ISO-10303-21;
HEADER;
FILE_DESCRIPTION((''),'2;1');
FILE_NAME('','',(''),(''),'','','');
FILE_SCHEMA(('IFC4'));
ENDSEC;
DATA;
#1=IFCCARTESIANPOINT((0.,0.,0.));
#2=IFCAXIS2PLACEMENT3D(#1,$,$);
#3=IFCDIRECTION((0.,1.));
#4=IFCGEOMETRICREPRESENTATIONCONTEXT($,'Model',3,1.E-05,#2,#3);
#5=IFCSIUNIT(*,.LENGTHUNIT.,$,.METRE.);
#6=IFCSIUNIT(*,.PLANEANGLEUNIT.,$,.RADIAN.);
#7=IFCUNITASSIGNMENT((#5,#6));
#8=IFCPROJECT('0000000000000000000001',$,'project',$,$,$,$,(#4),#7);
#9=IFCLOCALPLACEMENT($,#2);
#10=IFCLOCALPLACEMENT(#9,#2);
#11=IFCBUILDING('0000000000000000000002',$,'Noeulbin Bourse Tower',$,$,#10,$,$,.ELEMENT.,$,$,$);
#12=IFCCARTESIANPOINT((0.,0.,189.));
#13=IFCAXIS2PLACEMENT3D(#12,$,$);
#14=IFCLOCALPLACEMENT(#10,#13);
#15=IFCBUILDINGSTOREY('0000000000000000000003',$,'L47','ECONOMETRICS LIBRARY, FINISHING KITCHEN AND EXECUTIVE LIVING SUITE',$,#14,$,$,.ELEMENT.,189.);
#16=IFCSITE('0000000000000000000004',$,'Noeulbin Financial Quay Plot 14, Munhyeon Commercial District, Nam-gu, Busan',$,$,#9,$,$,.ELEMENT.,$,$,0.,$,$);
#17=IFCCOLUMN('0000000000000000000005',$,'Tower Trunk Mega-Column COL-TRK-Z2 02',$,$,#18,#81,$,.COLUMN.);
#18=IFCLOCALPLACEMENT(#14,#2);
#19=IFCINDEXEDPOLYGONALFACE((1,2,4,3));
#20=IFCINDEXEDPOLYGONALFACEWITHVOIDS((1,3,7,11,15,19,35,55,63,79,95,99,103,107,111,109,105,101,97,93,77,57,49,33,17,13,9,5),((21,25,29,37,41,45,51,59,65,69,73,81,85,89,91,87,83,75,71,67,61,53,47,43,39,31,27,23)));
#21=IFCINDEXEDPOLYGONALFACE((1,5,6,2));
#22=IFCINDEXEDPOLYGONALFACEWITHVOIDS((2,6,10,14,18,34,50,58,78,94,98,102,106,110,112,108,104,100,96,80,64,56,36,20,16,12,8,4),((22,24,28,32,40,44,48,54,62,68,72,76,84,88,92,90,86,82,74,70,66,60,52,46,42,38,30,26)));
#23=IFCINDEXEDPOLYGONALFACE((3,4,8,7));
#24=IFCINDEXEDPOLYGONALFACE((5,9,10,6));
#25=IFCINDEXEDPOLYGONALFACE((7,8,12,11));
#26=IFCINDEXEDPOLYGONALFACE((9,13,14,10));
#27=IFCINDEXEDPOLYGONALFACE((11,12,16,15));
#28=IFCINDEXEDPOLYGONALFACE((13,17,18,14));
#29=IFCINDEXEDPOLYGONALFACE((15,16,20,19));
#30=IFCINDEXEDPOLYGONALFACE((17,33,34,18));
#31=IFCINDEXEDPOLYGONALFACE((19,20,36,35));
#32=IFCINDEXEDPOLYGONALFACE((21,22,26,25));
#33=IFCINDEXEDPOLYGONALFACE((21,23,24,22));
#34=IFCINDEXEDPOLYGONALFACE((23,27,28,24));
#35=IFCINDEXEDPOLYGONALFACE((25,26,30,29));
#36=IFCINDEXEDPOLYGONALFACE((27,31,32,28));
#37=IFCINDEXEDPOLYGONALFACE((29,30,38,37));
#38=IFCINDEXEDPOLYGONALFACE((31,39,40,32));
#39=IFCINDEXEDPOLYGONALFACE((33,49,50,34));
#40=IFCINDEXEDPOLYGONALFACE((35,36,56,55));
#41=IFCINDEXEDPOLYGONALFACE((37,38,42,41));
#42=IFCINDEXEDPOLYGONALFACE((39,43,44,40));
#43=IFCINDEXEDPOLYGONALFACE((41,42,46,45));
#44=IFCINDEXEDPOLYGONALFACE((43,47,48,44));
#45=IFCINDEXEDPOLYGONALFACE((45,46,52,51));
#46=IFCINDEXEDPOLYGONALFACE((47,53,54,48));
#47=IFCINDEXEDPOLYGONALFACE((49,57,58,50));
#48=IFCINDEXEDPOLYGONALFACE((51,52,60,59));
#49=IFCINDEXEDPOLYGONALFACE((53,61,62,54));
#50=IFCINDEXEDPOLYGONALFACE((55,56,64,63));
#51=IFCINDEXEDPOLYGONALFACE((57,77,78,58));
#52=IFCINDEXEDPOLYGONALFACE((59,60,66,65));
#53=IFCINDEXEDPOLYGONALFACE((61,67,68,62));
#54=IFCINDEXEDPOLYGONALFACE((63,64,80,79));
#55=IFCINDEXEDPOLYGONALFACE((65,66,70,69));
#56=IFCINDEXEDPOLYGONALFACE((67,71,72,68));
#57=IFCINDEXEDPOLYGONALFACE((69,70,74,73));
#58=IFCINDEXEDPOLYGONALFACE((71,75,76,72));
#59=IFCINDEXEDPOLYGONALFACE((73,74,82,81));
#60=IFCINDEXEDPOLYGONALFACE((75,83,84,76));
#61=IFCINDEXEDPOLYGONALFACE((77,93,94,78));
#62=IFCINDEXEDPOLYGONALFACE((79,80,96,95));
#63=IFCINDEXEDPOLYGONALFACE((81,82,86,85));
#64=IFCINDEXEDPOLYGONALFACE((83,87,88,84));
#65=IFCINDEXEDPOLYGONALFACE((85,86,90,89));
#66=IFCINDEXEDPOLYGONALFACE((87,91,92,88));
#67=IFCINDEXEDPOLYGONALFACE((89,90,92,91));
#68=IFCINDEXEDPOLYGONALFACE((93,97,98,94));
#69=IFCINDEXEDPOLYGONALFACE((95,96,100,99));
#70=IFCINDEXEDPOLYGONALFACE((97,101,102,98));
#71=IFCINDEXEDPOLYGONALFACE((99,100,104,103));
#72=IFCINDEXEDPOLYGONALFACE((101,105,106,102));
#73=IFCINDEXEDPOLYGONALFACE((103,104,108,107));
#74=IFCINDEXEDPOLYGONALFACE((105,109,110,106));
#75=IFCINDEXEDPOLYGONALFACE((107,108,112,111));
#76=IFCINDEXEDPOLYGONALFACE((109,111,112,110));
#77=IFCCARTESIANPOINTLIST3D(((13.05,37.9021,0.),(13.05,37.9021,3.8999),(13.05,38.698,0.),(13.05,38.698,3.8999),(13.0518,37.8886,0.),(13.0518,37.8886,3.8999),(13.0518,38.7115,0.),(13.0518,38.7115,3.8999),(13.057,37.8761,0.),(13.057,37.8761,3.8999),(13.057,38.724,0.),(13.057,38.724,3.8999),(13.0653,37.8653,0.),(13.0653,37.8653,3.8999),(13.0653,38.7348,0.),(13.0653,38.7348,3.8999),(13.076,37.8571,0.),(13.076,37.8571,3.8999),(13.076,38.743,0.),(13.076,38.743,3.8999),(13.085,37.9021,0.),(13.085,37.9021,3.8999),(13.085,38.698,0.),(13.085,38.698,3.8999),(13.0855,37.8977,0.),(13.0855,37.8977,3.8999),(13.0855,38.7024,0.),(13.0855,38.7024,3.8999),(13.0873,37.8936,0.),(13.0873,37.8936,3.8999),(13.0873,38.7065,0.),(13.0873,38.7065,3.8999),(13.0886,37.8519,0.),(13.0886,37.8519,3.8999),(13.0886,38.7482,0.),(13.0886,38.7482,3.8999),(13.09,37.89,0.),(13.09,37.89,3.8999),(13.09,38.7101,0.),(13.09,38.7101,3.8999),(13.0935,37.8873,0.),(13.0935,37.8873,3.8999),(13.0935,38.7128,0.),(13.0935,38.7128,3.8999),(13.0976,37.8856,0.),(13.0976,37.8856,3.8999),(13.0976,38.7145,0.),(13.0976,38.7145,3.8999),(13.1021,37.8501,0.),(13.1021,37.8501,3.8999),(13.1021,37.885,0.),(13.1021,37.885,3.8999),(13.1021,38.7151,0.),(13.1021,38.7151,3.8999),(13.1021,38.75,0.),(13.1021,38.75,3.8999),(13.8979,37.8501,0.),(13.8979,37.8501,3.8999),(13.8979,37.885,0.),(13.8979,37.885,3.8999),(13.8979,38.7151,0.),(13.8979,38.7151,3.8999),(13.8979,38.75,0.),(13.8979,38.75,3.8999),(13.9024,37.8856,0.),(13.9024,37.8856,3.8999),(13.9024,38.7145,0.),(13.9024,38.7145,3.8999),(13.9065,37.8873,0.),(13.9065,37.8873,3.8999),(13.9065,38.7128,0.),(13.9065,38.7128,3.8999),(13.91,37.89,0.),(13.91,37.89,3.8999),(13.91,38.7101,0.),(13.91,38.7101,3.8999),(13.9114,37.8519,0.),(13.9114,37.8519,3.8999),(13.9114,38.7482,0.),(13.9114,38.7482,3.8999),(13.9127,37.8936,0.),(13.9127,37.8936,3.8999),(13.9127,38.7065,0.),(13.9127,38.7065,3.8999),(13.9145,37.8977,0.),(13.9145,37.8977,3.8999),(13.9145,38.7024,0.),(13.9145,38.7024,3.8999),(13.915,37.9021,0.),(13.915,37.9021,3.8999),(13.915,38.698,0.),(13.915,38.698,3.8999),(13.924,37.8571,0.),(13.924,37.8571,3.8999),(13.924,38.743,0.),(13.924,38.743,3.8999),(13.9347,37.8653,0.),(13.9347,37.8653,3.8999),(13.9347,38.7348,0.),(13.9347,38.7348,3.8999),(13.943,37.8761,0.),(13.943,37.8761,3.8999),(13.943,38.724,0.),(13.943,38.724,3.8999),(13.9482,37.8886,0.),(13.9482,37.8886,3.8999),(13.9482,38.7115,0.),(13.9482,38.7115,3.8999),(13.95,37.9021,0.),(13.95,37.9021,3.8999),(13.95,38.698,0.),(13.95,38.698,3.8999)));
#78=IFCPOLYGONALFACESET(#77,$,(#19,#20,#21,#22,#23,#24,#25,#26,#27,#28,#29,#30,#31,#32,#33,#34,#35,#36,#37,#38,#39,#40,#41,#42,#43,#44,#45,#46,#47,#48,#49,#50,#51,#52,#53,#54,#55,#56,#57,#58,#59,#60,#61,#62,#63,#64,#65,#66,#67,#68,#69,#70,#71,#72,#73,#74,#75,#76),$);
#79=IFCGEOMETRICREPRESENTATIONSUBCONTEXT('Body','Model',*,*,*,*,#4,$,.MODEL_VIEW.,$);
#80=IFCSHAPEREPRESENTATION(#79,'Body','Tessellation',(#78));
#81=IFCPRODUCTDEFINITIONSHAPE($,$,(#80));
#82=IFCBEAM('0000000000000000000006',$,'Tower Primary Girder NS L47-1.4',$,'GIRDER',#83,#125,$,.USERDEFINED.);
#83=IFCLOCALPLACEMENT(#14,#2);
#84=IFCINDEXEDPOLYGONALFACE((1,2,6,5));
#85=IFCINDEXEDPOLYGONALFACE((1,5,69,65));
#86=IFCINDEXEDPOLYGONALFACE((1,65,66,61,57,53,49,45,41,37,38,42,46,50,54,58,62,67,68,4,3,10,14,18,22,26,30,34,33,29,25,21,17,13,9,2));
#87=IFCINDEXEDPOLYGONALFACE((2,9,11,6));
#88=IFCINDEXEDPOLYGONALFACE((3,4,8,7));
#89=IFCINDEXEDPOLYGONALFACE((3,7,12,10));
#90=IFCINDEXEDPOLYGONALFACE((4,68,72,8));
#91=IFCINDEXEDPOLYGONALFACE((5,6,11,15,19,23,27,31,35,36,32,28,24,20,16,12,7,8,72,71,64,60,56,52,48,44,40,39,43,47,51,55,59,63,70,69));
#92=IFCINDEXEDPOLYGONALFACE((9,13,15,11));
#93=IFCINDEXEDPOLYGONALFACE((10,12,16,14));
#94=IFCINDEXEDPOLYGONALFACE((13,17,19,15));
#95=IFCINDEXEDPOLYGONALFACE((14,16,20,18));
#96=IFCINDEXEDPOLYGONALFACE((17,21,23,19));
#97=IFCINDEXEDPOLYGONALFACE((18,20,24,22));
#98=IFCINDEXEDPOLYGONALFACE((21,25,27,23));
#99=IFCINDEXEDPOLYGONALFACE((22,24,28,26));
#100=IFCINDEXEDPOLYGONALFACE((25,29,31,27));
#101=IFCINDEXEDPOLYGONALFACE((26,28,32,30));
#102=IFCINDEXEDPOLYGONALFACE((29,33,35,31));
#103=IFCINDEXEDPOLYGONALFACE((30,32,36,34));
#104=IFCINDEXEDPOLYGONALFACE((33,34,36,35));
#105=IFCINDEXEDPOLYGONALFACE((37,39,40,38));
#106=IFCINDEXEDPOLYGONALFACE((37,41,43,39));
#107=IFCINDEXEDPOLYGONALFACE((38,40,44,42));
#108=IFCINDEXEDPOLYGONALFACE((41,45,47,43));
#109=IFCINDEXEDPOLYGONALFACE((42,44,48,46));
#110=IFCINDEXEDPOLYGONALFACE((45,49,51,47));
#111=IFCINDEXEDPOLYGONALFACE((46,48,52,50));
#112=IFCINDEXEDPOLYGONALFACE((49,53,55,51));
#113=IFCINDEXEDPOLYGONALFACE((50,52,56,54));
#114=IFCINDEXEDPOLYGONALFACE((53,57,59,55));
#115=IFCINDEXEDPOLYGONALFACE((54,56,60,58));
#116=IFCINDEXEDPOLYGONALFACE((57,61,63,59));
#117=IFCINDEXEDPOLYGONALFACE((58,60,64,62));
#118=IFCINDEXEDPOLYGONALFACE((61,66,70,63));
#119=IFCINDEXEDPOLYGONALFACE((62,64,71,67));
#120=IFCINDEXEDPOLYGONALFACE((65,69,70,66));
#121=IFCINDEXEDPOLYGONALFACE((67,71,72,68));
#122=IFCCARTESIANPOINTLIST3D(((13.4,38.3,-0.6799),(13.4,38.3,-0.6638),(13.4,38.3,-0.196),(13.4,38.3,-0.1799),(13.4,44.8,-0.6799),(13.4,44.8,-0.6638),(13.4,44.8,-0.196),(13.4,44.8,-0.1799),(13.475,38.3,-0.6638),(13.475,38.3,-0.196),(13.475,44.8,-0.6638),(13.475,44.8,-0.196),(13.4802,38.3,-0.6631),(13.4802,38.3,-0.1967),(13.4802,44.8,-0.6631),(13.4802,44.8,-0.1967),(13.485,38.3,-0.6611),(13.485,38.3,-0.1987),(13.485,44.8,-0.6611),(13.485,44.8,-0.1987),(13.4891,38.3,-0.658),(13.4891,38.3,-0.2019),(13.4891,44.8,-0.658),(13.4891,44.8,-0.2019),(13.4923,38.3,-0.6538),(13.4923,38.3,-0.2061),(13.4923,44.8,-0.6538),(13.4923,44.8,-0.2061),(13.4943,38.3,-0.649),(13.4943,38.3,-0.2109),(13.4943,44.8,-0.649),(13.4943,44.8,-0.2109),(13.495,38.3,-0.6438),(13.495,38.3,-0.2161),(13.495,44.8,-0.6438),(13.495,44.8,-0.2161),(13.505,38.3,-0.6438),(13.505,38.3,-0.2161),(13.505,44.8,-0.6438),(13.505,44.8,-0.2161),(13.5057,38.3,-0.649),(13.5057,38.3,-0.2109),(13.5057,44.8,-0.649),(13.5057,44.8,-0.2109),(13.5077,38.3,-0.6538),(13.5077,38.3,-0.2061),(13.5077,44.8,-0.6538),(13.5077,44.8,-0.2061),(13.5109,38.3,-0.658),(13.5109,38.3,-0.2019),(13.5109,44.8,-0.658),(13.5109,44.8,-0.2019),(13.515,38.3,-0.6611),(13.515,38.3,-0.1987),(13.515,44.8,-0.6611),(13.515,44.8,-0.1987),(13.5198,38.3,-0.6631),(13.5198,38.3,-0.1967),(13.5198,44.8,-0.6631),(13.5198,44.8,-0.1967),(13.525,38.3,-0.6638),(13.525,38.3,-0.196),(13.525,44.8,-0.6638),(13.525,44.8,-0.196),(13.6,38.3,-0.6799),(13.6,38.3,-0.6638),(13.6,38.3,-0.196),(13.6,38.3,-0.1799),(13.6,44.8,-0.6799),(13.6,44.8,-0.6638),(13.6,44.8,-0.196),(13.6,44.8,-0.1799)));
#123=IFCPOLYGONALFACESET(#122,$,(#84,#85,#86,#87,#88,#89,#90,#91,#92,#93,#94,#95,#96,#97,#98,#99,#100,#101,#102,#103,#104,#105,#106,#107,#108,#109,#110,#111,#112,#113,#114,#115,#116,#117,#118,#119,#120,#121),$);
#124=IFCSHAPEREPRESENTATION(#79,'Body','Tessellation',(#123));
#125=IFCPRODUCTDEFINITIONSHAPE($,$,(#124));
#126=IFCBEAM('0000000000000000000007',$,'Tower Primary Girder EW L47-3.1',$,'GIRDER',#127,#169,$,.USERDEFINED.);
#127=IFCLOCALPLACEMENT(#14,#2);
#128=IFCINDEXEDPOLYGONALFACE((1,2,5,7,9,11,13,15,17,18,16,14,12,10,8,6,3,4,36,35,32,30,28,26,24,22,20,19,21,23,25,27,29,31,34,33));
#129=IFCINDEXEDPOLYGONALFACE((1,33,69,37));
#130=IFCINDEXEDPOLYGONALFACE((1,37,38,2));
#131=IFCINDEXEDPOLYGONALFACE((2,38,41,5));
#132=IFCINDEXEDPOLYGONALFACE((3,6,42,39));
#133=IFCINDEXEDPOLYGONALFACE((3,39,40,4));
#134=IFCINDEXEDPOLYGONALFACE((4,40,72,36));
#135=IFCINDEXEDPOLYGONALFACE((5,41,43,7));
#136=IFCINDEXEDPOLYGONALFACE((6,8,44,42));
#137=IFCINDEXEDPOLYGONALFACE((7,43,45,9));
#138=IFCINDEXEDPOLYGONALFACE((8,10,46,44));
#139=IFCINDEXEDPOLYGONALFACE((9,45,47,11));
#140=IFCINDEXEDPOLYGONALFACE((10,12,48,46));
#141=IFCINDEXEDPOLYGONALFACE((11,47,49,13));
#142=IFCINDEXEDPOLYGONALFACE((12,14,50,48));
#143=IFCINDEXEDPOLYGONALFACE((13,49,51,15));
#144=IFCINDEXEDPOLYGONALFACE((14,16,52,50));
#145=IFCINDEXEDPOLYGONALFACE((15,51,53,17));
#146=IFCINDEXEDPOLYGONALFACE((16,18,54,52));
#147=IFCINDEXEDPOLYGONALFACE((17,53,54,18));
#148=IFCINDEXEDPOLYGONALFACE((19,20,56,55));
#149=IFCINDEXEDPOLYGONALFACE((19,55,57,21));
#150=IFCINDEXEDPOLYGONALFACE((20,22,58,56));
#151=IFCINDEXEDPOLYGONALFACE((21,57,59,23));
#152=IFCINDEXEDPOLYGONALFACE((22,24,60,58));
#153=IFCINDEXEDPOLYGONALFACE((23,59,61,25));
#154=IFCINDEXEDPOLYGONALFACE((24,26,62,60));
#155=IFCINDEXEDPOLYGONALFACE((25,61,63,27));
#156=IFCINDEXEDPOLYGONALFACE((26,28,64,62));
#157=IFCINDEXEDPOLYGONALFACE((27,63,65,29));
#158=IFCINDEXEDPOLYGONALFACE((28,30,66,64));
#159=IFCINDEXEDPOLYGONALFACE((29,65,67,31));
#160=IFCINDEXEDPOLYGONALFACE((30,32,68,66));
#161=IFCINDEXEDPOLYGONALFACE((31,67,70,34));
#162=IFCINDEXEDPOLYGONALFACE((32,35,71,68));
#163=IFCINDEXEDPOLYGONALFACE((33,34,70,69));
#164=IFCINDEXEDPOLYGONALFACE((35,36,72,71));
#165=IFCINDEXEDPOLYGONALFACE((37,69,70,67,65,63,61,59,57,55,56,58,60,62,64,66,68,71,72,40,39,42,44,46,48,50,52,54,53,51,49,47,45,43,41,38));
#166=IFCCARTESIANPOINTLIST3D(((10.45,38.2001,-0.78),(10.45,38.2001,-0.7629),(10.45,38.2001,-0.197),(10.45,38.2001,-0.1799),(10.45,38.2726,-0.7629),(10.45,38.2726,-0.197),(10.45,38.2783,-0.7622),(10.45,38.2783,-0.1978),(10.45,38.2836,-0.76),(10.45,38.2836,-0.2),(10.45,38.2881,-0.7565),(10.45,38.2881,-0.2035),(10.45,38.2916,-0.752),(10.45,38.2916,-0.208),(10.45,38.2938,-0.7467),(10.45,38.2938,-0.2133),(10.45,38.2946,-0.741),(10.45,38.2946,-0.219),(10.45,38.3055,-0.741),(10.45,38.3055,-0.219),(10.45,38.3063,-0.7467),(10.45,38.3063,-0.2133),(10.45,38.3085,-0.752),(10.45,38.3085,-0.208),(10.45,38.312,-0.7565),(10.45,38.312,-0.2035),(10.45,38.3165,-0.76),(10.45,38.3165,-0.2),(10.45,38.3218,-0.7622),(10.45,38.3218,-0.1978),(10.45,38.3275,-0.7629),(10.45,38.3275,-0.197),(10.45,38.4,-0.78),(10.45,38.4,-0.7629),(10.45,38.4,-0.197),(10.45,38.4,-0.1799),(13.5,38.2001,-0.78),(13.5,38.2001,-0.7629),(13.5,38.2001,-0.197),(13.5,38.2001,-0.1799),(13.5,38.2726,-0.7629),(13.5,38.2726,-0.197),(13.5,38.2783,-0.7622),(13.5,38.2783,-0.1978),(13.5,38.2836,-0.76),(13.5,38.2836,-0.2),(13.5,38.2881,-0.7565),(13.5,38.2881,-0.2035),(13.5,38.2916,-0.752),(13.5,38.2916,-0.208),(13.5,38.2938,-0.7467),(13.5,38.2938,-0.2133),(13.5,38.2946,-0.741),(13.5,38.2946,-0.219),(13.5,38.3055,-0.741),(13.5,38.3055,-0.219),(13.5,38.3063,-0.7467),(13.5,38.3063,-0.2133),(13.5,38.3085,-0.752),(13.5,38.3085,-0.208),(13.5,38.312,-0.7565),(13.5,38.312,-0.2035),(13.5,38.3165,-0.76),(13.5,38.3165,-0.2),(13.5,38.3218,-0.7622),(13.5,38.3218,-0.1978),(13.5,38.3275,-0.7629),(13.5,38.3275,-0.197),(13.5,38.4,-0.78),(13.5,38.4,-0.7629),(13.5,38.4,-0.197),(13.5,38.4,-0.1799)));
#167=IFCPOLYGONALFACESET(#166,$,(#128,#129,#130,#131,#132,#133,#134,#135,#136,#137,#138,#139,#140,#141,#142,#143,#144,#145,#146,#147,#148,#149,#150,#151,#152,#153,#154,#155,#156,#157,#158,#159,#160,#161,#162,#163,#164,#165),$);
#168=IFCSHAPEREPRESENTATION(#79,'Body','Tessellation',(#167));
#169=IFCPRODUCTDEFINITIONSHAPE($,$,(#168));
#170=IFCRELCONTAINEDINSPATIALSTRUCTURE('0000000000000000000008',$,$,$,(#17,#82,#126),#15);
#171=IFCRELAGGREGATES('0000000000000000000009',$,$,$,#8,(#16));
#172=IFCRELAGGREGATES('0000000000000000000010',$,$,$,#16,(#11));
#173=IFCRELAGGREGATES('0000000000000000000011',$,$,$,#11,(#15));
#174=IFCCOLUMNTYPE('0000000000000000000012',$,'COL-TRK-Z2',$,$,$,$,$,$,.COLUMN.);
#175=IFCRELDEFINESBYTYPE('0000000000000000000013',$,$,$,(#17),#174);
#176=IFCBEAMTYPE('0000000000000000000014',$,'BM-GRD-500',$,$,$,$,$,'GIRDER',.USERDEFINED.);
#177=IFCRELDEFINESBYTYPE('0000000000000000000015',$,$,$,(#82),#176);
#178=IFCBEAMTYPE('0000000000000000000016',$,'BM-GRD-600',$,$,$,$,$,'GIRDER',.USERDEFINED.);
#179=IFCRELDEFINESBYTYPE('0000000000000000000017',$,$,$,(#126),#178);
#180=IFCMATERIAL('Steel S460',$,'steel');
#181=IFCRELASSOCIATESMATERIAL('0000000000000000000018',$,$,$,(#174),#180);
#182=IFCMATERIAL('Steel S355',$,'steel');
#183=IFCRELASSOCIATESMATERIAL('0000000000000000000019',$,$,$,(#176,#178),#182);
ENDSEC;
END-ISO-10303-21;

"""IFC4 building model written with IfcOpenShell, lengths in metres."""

from ifc_helpers import new_model, si_unit, direction, frame, origin, origin_2d, place, context, subcontext, project, spatial, hollow_rectangle, i_section, extrude, material, material_profile, profile_set, type_object, element, save


model = new_model("IFC4")

# Units and contexts
model_context = context("Model", 3, precision=1e-05, world=origin(), true_north=direction((0.0, 1.0)))
body_context = subcontext(model_context, "Body", "Model", "MODEL_VIEW")
ifc_project = project(units=[si_unit("LENGTHUNIT", "METRE"), si_unit("PLANEANGLEUNIT", "RADIAN")], contexts=[model_context])

# Site, building, storey
site_placement = place(None, origin())
site = spatial("IfcSite", under=ifc_project, at=site_placement, Name="Noeulbin Financial Quay Plot 14, Munhyeon Commercial District, Nam-gu, Busan", CompositionType="ELEMENT", RefElevation=0.0)
building_placement = place(site_placement, origin())
building = spatial("IfcBuilding", under=site, at=building_placement, Name="Noeulbin Bourse Tower", CompositionType="ELEMENT")
storey_placement = place(building_placement, frame((0.0, 0.0, 189.0)))
storey = spatial("IfcBuildingStorey", under=building, at=storey_placement, Name="L47", Description="ECONOMETRICS LIBRARY, FINISHING KITCHEN AND EXECUTIVE LIVING SUITE", CompositionType="ELEMENT", Elevation=189.0)

# Column
ifc_material_1 = material(Name="Steel S355", Category="steel")
ifc_material_2 = material(Name="Steel S460", Category="steel")
ifc_material_profile_1 = material_profile(ifc_material_2, hollow_rectangle(XDim=0.8999, YDim=0.8999, WallThickness=0.0349, InnerFilletRadius=0.0171, OuterFilletRadius=0.052, at=origin_2d()), Name="BOX-900x900x35", Category="LoadBearing")
ifc_profile_set_1 = profile_set([ifc_material_profile_1], Name="Steel S460")
column_type_1 = type_object("IfcColumnType", Name="COL-TRK-Z2", PredefinedType="COLUMN", material=ifc_profile_set_1)
column_placement = place(storey_placement, frame((13.5, 38.3, 0.0), z_axis=(0.0, 0.0, 1.0), x_axis=(1.0, 0.0, 0.0)))
element("IfcColumn", 1, at=column_placement, inside=storey, type_object=column_type_1, Name="Tower Trunk Mega-Column COL-TRK-Z2 02", PredefinedType="COLUMN", context=body_context, shape_type="SweptSolid", body=[
    extrude(hollow_rectangle(XDim=0.8999, YDim=0.8999, WallThickness=0.0349, InnerFilletRadius=0.0171, OuterFilletRadius=0.052, at=origin_2d()), origin(), (0.0, 0.0, 1.0), 3.8999),
])

# Beams
ifc_material_profile_2 = material_profile(ifc_material_1, i_section(OverallWidth=0.2, OverallDepth=0.5, WebThickness=0.01, FlangeThickness=0.0161, FilletRadius=0.02, at=origin_2d()), Name="H-500x200x10x16", Category="LoadBearing")
ifc_profile_set_2 = profile_set([ifc_material_profile_2], Name="Steel S355")
beam_type_1 = type_object("IfcBeamType", Name="BM-GRD-500", ElementType="GIRDER", PredefinedType="USERDEFINED", material=ifc_profile_set_2)
beam_1_placement = place(storey_placement, frame((13.5, 38.3, -0.4299), z_axis=(0.0, 1.0, 0.0), x_axis=(-1.0, 0.0, 0.0)))
element("IfcBeam", 2, at=beam_1_placement, inside=storey, type_object=beam_type_1, Name="Tower Primary Girder NS L47-1.4", ObjectType="GIRDER", PredefinedType="USERDEFINED", context=body_context, shape_type="SweptSolid", body=[
    extrude(i_section(OverallWidth=0.2, OverallDepth=0.5, WebThickness=0.01, FlangeThickness=0.0161, FilletRadius=0.02, at=origin_2d()), origin(), (0.0, 0.0, 1.0), 6.5),
])
ifc_material_profile_3 = material_profile(ifc_material_1, i_section(OverallWidth=0.2, OverallDepth=0.6001, WebThickness=0.011, FlangeThickness=0.0171, FilletRadius=0.022, at=origin_2d()), Name="H-600x200x11x17", Category="LoadBearing")
ifc_profile_set_3 = profile_set([ifc_material_profile_3], Name="Steel S355")
beam_type_2 = type_object("IfcBeamType", Name="BM-GRD-600", ElementType="GIRDER", PredefinedType="USERDEFINED", material=ifc_profile_set_3)
beam_2_placement = place(storey_placement, frame((10.45, 38.3, -0.48), z_axis=(1.0, 0.0, 0.0), x_axis=(0.0, 1.0, 0.0)))
element("IfcBeam", 3, at=beam_2_placement, inside=storey, type_object=beam_type_2, Name="Tower Primary Girder EW L47-3.1", ObjectType="GIRDER", PredefinedType="USERDEFINED", context=body_context, shape_type="SweptSolid", body=[
    extrude(i_section(OverallWidth=0.2, OverallDepth=0.6001, WebThickness=0.011, FlangeThickness=0.0171, FilletRadius=0.022, at=origin_2d()), origin(), (0.0, 0.0, 1.0), 3.05),
])

save(model, "model.ifc")
